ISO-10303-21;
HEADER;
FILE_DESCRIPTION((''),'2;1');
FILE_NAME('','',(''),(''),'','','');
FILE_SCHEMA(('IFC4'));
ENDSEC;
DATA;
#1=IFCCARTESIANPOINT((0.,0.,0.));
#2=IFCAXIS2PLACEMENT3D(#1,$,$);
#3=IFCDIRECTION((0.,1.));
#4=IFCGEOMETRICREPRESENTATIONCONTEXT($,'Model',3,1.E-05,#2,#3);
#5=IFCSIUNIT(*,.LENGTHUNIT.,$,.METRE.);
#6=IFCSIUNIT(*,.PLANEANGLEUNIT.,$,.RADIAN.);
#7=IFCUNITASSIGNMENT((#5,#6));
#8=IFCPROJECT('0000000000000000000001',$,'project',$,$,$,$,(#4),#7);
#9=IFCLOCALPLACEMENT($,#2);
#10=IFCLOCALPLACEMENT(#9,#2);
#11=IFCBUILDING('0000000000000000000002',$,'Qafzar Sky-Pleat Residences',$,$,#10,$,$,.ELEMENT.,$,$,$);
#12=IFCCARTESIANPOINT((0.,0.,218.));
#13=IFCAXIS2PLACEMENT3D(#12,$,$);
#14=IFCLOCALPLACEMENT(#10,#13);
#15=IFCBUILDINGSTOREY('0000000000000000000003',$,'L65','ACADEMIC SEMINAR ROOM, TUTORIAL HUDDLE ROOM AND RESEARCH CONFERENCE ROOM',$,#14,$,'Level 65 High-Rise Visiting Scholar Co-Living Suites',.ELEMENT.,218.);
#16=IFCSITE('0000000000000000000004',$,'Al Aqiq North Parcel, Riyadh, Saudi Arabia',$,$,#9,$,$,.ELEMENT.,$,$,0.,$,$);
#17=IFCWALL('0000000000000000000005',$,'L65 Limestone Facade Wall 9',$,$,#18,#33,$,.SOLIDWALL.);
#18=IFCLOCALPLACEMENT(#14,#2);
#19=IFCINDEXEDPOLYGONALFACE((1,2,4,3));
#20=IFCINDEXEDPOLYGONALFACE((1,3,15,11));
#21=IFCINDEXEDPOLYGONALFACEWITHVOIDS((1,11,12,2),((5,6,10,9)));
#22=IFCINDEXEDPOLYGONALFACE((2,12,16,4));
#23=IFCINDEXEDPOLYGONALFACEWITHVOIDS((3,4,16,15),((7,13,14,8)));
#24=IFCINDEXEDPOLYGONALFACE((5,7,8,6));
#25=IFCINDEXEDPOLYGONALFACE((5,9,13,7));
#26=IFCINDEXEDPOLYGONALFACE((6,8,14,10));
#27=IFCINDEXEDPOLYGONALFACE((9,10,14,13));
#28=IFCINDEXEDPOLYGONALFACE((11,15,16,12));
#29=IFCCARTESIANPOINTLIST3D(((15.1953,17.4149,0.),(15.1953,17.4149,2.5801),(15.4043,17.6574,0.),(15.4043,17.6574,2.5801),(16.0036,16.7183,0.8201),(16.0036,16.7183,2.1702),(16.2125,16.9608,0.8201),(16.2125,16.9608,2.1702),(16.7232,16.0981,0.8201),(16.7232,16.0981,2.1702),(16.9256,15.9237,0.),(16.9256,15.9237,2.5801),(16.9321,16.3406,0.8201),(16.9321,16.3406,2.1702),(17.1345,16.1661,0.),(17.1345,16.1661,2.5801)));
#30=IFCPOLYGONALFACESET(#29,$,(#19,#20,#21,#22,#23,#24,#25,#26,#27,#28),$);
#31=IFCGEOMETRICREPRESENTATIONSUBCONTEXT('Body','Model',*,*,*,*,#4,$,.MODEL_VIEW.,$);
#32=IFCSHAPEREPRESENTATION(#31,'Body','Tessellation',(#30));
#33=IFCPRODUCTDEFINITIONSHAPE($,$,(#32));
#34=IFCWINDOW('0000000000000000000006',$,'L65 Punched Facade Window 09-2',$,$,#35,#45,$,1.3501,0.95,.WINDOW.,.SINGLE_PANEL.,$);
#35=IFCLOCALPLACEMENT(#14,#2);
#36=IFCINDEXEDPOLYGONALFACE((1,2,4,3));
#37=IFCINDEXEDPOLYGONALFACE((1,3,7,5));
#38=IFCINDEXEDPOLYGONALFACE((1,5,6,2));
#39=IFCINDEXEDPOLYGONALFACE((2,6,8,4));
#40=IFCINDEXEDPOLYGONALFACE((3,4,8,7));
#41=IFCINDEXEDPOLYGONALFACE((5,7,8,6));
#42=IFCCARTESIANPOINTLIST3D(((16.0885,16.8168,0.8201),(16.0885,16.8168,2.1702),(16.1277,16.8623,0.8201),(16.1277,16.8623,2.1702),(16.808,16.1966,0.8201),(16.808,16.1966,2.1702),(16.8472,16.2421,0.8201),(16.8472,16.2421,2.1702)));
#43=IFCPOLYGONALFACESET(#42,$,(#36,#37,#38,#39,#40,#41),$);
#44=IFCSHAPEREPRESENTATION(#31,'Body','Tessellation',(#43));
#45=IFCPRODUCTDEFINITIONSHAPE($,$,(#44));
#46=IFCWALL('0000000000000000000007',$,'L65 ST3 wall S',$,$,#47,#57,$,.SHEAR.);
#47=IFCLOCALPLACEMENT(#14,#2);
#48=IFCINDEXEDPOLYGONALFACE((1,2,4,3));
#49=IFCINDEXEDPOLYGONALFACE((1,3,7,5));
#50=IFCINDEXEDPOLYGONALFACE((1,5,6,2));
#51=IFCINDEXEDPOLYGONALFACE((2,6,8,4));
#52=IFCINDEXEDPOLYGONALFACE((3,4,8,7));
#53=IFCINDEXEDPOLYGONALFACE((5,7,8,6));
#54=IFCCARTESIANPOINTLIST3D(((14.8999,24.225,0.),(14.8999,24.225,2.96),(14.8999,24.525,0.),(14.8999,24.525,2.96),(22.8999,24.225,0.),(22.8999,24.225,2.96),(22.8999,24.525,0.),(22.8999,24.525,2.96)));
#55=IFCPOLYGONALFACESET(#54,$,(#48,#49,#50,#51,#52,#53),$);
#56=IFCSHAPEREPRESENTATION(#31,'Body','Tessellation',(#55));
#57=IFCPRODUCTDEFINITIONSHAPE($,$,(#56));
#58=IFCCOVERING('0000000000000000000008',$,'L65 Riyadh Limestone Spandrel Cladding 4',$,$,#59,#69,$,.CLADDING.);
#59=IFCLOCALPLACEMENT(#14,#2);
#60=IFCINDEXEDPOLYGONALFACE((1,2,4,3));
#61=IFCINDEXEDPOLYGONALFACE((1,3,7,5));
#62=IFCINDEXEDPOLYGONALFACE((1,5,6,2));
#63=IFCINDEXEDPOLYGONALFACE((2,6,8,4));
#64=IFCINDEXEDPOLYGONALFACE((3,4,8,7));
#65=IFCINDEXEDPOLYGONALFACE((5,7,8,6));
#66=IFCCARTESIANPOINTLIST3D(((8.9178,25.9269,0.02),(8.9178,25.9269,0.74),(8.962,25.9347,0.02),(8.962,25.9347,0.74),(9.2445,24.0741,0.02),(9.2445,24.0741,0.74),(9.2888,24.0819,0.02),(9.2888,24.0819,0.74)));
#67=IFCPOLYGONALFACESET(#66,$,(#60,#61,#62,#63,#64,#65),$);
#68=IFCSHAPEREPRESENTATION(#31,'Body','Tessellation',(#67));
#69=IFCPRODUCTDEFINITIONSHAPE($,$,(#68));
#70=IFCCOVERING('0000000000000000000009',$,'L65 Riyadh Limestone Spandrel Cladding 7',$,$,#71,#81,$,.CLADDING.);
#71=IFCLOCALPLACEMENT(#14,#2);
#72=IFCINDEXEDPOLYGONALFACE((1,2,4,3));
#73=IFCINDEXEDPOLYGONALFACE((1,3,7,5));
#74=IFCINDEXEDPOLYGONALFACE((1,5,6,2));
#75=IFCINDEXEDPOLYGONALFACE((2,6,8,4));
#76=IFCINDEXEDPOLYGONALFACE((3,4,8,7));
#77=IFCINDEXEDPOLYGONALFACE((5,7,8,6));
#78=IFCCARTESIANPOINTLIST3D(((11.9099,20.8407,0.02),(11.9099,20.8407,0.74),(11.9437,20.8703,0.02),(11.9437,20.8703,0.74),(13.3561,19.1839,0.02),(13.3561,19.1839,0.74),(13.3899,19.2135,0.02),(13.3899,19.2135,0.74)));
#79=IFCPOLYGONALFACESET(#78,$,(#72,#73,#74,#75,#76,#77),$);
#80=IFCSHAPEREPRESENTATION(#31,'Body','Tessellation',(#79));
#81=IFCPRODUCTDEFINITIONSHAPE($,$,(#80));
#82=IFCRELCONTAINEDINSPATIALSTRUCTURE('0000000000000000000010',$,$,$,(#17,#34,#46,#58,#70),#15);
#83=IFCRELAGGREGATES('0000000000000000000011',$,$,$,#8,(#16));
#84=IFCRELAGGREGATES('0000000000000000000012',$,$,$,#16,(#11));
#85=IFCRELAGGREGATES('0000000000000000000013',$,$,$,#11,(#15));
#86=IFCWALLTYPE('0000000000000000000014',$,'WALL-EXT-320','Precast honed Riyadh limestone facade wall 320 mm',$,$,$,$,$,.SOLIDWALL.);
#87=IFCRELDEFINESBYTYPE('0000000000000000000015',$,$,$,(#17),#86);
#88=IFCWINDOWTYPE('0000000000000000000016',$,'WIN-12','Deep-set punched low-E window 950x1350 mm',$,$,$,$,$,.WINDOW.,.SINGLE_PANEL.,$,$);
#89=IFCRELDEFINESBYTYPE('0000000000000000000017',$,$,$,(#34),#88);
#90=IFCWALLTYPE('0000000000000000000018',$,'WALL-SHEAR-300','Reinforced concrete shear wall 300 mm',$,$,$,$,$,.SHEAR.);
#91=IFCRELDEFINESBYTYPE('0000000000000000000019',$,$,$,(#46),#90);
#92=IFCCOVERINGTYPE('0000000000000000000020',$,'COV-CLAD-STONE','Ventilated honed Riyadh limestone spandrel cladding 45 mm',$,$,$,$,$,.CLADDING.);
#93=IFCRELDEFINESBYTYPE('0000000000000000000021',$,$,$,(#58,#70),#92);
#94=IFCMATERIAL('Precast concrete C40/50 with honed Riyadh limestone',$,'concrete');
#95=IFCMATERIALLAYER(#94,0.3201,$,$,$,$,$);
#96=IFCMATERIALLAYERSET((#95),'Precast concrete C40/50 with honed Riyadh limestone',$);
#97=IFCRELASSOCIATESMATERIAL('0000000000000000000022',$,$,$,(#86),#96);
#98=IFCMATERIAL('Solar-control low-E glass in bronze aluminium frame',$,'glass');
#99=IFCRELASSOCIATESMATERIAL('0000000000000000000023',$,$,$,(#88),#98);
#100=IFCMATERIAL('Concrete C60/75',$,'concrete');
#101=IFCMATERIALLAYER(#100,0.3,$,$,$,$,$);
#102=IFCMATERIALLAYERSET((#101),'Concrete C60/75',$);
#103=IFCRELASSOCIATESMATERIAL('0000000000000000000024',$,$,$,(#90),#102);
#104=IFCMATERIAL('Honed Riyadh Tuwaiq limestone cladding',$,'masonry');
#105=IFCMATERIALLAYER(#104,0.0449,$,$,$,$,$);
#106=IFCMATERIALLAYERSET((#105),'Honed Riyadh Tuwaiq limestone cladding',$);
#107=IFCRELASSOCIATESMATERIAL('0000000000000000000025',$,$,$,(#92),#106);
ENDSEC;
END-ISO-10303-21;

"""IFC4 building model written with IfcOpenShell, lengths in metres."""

from ifc_helpers import new_model, si_unit, direction, frame, frame_2d, origin, origin_2d, place, context, subcontext, project, spatial, rectangle, extrude, source, transform, mapped, material, layer, layer_set, type_object, element, fill, save


model = new_model("IFC4")

# Units and contexts
model_context = context("Model", 3, precision=1e-05, world=origin(), true_north=direction((0.0, 1.0)))
body_context = subcontext(model_context, "Body", "Model", "MODEL_VIEW")
ifc_project = project(units=[si_unit("LENGTHUNIT", "METRE"), si_unit("PLANEANGLEUNIT", "RADIAN")], contexts=[model_context])

# Site, building, storey
site_placement = place(None, origin())
site = spatial("IfcSite", under=ifc_project, at=site_placement, Name="Al Aqiq North Parcel, Riyadh, Saudi Arabia", CompositionType="ELEMENT", RefElevation=0.0)
building_placement = place(site_placement, origin())
building = spatial("IfcBuilding", under=site, at=building_placement, Name="Qafzar Sky-Pleat Residences", CompositionType="ELEMENT")
storey_placement = place(building_placement, frame((0.0, 0.0, 218.0)))
storey = spatial("IfcBuildingStorey", under=building, at=storey_placement, Name="L65", Description="ACADEMIC SEMINAR ROOM, TUTORIAL HUDDLE ROOM AND RESEARCH CONFERENCE ROOM", LongName="Level 65 High-Rise Visiting Scholar Co-Living Suites", CompositionType="ELEMENT", Elevation=218.0)

# Shared definitions
ifc_material_1 = material(Name="Precast concrete C40/50 with honed Riyadh limestone", Category="concrete")
ifc_layer_1 = layer(ifc_material_1, 0.3201)
ifc_layer_set_1 = layer_set([ifc_layer_1], Name="Precast concrete C40/50 with honed Riyadh limestone")
wall_type_1 = type_object("IfcWallType", Name="WALL-EXT-320", Description="Precast honed Riyadh limestone facade wall 320 mm", PredefinedType="SOLIDWALL", material=ifc_layer_set_1)
ifc_material_2 = material(Name="Solar-control low-E glass in bronze aluminium frame", Category="glass")

# Wall, opening, window
wall_1_placement = place(storey_placement, frame((15.2998, 17.5361, 0.0), z_axis=(0.0, 0.0, 1.0), x_axis=(0.757488, -0.652849, 0.0)))
wall_1 = element("IfcWall", 1, at=wall_1_placement, inside=storey, type_object=wall_type_1, Name="L65 Limestone Facade Wall 9", PredefinedType="SOLIDWALL", context=body_context, shape_type="SweptSolid", body=[
    extrude(rectangle(XDim=2.2842, YDim=0.3201, at=frame_2d((1.1421, 0.0))), origin(), (0.0, 0.0, 1.0), 2.5801),
])
opening_1_placement = place(wall_1_placement, frame((1.0669, 0.0, 0.8201)))
opening_1 = element("IfcOpeningElement", 2, at=opening_1_placement, cuts=wall_1, PredefinedType="OPENING", context=body_context, shape_type="SweptSolid", body=[
    extrude(rectangle(XDim=0.95, YDim=1.3501, at=frame_2d((0.4751, 0.675))), frame((0.0, 0.1699, 0.0), z_axis=(0.0, -1.0, 0.0), x_axis=(1.0, 0.0, 0.0)), (0.0, 0.0, 1.0), 0.3401),
])
window_type_1 = type_object("IfcWindowType", Name="WIN-12", Description="Deep-set punched low-E window 950x1350 mm", PartitioningType="SINGLE_PANEL", PredefinedType="WINDOW", material=ifc_material_2)
shared_shape_1 = source(origin(), body_context, "Body", "SweptSolid", [
    extrude(rectangle(XDim=0.95, YDim=1.3501, at=frame_2d((0.4751, 0.675))), frame((0.0, 0.03, 0.0), z_axis=(0.0, -1.0, 0.0), x_axis=(1.0, 0.0, 0.0)), (0.0, 0.0, 1.0), 0.0601),
])
window_1_placement = place(opening_1_placement, origin())
window_1 = element("IfcWindow", 3, at=window_1_placement, inside=storey, type_object=window_type_1, Name="L65 Punched Facade Window 09-2", OverallHeight=1.3501, OverallWidth=0.95, PartitioningType="SINGLE_PANEL", PredefinedType="WINDOW", context=body_context, shape_type="MappedRepresentation", body=[
    mapped(shared_shape_1, transform((0.0, 0.0, 0.0), x_axis=(1.0, 0.0, 0.0), y_axis=(0.0, 1.0, 0.0), z_axis=(0.0, 0.0, 1.0), scale=1.0)),
])
fill(opening_1, window_1)

# Wall
ifc_material_3 = material(Name="Concrete C60/75", Category="concrete")
ifc_layer_2 = layer(ifc_material_3, 0.3)
ifc_layer_set_2 = layer_set([ifc_layer_2], Name="Concrete C60/75")
wall_type_2 = type_object("IfcWallType", Name="WALL-SHEAR-300", Description="Reinforced concrete shear wall 300 mm", PredefinedType="SHEAR", material=ifc_layer_set_2)
wall_2_placement = place(storey_placement, frame((14.8999, 24.375, 0.0), z_axis=(0.0, 0.0, 1.0), x_axis=(1.0, 0.0, 0.0)))
element("IfcWall", 4, at=wall_2_placement, inside=storey, type_object=wall_type_2, Name="L65 ST3 wall S", PredefinedType="SHEAR", context=body_context, shape_type="SweptSolid", body=[
    extrude(rectangle(XDim=8.0, YDim=0.3, at=frame_2d((4.0, 0.0))), origin(), (0.0, 0.0, 1.0), 2.96),
])

# Covering
ifc_material_4 = material(Name="Honed Riyadh Tuwaiq limestone cladding", Category="masonry")
ifc_layer_3 = layer(ifc_material_4, 0.0449)
ifc_layer_set_3 = layer_set([ifc_layer_3], Name="Honed Riyadh Tuwaiq limestone cladding")
covering_type = type_object("IfcCoveringType", Name="COV-CLAD-STONE", Description="Ventilated honed Riyadh limestone spandrel cladding 45 mm", PredefinedType="CLADDING", material=ifc_layer_set_3)
shared_shape_2 = source(origin(), body_context, "Body", "SweptSolid", [
    extrude(rectangle(XDim=1.8813, YDim=0.0449, at=origin_2d()), origin(), (0.0, 0.0, 1.0), 0.72),
])
covering_1_placement = place(storey_placement, frame((9.1033, 25.0044, 0.02), z_axis=(0.0, 0.0, 1.0), x_axis=(0.173663, -0.984805, 0.0)))
element("IfcCovering", 5, at=covering_1_placement, inside=storey, type_object=covering_type, Name="L65 Riyadh Limestone Spandrel Cladding 4", PredefinedType="CLADDING", context=body_context, shape_type="MappedRepresentation", body=[
    mapped(shared_shape_2, transform((0.0, 0.0, 0.0), x_axis=(1.0, 0.0, 0.0), y_axis=(0.0, 1.0, 0.0), z_axis=(0.0, 0.0, 1.0), scale=1.0)),
])

# Covering
shared_shape_3 = source(origin(), body_context, "Body", "SweptSolid", [
    extrude(rectangle(XDim=2.1992, YDim=0.0449, at=origin_2d()), origin(), (0.0, 0.0, 1.0), 0.72),
])
covering_2_placement = place(storey_placement, frame((12.6499, 20.0271, 0.02), z_axis=(0.0, 0.0, 1.0), x_axis=(0.657603, -0.753365, 0.0)))
element("IfcCovering", 6, at=covering_2_placement, inside=storey, type_object=covering_type, Name="L65 Riyadh Limestone Spandrel Cladding 7", PredefinedType="CLADDING", context=body_context, shape_type="MappedRepresentation", body=[
    mapped(shared_shape_3, transform((0.0, 0.0, 0.0), x_axis=(1.0, 0.0, 0.0), y_axis=(0.0, 1.0, 0.0), z_axis=(0.0, 0.0, 1.0), scale=1.0)),
])

save(model, "model.ifc")
